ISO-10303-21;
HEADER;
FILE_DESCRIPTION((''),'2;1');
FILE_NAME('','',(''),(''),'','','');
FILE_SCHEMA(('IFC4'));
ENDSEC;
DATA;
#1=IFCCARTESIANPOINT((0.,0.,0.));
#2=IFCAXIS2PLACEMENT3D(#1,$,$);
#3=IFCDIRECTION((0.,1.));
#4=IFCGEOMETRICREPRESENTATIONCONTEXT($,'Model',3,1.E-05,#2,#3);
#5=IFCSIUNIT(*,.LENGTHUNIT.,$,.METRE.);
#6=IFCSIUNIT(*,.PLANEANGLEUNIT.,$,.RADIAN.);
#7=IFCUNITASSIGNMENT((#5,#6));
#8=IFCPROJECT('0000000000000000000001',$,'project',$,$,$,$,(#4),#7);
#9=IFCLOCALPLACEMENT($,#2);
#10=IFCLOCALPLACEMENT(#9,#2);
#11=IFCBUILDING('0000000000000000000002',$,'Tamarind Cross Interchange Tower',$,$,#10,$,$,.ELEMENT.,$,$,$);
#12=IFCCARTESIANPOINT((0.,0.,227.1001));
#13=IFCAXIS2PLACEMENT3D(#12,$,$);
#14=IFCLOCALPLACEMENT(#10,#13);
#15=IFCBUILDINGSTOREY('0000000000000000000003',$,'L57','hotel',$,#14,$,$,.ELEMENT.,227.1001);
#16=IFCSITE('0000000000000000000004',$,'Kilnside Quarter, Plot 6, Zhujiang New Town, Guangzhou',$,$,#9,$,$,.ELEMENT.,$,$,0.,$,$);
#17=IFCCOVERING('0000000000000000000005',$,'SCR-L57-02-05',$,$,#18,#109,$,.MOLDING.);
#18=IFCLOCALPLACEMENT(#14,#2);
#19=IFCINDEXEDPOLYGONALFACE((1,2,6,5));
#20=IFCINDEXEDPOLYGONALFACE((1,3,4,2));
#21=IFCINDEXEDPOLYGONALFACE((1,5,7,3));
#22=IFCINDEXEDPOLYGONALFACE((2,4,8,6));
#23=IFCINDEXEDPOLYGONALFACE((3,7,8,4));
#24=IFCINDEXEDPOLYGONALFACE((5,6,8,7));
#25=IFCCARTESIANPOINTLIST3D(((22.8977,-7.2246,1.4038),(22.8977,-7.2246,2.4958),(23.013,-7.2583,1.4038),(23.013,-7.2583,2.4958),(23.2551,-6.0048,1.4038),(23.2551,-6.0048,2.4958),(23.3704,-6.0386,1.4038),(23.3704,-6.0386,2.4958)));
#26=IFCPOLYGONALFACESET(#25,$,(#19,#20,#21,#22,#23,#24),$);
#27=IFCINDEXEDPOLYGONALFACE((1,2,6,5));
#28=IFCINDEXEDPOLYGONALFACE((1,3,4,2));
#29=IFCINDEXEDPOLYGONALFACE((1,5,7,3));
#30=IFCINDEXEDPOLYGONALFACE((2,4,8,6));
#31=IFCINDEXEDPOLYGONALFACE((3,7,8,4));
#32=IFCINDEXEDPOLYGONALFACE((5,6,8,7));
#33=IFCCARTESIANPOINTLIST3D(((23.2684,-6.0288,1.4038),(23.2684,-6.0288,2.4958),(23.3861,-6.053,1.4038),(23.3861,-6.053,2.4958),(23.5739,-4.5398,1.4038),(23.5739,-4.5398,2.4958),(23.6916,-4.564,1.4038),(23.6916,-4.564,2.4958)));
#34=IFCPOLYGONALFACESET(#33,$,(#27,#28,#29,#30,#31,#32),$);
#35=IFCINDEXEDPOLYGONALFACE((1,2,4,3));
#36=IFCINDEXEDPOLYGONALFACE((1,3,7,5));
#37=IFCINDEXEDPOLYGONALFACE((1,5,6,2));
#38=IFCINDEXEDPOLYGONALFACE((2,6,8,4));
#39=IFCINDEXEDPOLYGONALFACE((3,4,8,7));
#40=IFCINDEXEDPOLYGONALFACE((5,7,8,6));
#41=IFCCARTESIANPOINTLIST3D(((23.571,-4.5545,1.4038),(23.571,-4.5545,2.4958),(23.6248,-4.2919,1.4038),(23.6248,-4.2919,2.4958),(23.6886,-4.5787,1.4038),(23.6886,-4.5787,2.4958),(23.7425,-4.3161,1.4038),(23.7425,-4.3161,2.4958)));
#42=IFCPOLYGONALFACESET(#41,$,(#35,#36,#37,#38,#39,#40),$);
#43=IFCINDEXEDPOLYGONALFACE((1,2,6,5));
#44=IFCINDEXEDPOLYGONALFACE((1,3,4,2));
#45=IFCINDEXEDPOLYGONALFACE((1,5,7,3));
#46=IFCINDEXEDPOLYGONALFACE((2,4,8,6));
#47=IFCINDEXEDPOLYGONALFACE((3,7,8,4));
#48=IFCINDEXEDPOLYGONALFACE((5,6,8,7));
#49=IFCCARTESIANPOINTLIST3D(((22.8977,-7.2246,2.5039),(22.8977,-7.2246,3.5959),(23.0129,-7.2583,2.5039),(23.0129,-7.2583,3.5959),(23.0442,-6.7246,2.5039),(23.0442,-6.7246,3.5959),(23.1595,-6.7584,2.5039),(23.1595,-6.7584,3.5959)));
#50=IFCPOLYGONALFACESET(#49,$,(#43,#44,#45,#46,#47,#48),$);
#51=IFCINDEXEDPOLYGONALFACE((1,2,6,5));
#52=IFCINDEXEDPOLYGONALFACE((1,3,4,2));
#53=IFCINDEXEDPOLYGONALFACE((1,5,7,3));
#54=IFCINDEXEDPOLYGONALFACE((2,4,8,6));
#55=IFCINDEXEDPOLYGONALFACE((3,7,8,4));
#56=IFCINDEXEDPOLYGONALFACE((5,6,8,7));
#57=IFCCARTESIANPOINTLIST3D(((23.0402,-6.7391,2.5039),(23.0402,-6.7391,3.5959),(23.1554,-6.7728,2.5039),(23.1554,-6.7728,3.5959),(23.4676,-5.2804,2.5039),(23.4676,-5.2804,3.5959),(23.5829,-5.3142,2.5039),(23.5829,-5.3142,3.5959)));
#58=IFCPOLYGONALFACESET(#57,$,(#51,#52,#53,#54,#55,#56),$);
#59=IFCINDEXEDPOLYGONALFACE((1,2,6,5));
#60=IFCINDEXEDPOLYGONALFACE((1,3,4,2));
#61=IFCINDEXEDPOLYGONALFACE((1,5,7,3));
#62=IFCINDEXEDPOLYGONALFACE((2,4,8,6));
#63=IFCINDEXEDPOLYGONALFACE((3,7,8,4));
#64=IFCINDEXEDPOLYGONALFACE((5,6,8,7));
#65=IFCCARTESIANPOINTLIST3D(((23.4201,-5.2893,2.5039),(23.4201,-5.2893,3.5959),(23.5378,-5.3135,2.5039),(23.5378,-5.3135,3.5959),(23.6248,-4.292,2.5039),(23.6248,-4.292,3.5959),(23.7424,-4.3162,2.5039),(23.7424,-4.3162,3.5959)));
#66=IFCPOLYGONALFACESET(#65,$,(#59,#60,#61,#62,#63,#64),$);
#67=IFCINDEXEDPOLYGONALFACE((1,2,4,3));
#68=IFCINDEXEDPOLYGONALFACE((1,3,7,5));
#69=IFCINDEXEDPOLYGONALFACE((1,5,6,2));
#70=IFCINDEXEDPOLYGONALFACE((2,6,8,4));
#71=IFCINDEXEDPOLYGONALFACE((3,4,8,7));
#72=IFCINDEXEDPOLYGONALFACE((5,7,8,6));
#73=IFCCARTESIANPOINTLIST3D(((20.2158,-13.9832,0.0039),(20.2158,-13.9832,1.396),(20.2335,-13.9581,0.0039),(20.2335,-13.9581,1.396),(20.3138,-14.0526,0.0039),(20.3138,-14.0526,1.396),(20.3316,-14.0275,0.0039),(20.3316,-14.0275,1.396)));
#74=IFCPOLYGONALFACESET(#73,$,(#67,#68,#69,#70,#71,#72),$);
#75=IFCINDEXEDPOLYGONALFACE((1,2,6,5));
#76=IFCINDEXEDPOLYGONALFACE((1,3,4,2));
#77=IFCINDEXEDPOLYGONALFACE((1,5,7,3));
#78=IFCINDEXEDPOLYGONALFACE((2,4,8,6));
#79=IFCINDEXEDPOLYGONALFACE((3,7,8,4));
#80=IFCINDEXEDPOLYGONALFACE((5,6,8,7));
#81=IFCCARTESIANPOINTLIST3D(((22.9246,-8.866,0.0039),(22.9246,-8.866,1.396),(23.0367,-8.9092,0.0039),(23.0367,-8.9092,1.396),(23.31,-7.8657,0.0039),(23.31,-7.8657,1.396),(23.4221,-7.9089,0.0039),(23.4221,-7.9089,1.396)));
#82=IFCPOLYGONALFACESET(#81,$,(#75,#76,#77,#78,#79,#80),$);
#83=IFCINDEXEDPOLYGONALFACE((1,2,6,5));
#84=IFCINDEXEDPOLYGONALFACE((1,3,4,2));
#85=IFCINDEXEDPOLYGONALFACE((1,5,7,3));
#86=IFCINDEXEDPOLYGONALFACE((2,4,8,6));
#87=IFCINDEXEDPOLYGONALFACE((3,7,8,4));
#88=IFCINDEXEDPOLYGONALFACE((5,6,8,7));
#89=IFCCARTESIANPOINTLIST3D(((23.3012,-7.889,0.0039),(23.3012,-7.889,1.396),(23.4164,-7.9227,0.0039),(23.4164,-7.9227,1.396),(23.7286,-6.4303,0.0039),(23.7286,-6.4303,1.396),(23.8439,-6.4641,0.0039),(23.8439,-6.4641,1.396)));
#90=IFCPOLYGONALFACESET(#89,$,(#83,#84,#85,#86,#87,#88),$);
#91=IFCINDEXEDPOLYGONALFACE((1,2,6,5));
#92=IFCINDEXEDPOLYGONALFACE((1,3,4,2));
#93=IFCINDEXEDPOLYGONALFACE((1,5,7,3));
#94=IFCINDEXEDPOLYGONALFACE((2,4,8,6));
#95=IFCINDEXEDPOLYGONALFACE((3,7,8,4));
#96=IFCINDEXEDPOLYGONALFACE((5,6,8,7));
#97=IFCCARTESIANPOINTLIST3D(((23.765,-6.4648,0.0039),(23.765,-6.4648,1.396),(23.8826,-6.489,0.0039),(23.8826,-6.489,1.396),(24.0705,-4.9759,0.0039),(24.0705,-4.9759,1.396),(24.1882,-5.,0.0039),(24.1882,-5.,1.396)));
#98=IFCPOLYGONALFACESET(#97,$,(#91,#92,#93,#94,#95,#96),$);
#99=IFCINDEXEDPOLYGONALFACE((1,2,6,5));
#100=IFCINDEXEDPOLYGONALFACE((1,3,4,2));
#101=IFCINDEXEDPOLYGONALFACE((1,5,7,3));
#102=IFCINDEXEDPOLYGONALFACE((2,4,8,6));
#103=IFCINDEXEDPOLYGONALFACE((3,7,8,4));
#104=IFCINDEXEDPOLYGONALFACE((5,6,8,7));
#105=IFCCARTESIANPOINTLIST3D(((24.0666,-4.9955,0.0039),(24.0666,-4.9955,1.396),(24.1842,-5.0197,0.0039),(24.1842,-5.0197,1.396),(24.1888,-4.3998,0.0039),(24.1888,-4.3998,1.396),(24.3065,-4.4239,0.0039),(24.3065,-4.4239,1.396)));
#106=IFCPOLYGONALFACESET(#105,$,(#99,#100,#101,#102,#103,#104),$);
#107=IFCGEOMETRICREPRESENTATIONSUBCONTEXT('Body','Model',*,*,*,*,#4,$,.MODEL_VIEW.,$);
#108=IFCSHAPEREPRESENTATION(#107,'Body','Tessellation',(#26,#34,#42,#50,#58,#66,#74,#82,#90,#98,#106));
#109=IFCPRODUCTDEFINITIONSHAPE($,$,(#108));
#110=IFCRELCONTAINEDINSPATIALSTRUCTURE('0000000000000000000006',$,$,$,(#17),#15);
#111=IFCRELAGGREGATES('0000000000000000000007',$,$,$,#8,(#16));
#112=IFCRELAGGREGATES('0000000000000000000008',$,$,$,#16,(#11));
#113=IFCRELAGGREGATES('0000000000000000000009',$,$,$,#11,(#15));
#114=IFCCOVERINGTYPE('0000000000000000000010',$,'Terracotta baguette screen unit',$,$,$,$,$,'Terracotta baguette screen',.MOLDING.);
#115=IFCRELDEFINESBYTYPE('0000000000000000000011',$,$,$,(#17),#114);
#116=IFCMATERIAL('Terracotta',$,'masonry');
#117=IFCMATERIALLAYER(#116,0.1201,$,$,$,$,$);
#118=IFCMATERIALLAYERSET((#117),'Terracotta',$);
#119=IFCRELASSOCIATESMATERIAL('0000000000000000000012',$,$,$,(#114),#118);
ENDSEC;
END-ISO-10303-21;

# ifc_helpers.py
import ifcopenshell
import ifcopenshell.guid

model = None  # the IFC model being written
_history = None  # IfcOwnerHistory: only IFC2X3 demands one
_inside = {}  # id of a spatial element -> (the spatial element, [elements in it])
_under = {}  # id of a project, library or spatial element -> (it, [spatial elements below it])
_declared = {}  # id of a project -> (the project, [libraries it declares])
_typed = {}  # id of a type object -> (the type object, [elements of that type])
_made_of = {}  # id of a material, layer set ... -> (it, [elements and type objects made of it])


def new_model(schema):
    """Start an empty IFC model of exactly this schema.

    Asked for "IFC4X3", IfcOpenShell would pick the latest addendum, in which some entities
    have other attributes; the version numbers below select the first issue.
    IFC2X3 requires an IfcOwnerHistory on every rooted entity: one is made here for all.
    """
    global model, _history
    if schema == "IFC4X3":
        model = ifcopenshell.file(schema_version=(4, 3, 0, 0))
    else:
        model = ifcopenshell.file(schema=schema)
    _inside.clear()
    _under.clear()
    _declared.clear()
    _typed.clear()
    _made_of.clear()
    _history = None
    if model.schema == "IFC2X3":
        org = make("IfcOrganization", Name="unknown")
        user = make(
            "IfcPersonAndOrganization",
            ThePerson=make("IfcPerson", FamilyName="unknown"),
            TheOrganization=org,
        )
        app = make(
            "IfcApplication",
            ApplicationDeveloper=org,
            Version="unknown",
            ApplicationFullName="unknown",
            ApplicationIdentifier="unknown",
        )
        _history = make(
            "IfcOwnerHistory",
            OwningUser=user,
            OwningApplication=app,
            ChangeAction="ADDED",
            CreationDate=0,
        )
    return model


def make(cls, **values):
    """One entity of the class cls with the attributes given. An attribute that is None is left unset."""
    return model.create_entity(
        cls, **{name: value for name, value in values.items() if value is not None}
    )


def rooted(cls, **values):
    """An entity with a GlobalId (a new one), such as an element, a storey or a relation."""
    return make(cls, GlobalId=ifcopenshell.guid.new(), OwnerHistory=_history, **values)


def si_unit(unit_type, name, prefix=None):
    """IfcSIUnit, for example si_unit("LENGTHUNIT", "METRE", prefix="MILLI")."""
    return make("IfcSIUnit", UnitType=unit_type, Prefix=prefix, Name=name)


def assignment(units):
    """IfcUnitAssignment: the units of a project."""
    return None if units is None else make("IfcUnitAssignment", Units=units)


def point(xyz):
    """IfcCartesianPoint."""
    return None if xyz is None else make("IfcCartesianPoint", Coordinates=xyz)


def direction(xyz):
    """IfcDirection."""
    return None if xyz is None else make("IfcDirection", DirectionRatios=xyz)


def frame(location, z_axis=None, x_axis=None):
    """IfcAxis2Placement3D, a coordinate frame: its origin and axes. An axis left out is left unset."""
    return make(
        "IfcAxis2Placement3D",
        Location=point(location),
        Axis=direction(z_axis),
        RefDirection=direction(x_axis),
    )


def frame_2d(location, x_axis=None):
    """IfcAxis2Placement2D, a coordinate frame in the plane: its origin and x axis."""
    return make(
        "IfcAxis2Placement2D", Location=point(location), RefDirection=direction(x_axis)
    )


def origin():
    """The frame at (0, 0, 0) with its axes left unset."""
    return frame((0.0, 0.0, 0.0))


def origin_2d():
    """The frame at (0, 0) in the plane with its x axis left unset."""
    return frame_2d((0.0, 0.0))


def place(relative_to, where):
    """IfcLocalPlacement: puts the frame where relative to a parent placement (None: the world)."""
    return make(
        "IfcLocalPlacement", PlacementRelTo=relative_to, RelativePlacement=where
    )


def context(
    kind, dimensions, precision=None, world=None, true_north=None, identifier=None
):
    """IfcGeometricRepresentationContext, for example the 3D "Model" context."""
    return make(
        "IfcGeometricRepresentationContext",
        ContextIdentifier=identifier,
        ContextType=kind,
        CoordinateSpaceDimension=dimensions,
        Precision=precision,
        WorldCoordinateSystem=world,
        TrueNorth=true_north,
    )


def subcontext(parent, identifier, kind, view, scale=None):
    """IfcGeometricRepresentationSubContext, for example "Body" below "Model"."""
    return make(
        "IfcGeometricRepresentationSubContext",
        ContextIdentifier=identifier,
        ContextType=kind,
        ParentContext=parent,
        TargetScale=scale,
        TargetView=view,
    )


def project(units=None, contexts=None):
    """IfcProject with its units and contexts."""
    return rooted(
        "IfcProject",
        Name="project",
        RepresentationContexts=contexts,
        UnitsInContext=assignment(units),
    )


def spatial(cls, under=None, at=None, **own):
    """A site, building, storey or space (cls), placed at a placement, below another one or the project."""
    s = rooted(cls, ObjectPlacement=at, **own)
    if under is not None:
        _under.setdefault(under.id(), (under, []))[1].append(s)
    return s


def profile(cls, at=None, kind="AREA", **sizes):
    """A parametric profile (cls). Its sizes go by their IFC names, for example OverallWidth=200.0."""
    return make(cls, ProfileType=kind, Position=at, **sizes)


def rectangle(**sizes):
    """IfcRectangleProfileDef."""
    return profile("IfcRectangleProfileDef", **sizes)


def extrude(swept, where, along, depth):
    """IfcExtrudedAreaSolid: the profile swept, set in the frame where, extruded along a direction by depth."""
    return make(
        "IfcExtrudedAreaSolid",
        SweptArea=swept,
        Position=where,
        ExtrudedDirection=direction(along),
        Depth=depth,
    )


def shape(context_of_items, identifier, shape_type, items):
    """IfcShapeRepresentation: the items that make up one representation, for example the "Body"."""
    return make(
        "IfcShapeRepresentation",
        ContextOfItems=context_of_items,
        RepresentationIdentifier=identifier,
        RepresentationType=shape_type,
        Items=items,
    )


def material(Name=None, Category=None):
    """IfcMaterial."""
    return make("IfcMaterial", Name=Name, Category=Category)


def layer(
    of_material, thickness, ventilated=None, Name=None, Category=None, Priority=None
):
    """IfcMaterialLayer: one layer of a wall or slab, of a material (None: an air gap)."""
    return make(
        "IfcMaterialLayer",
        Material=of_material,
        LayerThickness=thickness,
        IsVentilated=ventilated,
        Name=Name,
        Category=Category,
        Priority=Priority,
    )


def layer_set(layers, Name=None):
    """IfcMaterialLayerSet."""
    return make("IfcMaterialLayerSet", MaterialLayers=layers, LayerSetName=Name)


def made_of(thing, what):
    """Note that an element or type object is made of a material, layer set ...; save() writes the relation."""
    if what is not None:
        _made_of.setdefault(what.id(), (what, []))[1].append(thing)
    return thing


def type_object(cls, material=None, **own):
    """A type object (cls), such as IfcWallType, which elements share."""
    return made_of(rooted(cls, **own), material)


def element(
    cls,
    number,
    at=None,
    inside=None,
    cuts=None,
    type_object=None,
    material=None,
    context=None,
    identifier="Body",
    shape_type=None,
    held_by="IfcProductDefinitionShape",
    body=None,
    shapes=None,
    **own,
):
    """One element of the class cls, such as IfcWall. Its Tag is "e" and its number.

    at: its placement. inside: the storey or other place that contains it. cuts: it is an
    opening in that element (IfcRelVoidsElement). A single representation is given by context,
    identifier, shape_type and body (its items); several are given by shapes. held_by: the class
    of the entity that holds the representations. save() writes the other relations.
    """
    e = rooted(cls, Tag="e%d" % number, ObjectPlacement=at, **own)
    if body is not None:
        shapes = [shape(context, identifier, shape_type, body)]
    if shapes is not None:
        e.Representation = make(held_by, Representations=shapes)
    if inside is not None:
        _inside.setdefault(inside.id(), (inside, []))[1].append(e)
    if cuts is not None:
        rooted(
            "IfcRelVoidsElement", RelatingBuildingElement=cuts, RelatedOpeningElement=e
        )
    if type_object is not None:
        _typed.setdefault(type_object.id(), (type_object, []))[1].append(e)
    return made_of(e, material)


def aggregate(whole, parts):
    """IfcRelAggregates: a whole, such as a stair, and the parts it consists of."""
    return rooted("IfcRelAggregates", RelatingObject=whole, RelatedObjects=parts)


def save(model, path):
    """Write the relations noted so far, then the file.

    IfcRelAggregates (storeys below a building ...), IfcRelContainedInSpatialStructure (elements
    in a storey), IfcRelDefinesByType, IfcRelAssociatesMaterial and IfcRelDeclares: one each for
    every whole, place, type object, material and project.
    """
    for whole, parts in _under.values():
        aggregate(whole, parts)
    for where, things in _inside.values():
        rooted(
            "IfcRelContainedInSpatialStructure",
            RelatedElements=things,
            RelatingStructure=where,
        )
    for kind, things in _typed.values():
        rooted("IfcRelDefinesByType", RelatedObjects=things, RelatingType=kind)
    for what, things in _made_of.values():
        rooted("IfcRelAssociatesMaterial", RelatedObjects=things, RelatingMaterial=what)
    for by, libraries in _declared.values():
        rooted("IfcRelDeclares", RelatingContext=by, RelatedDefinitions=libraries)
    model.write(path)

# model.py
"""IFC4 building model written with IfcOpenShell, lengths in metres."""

from ifc_helpers import new_model, si_unit, direction, frame, origin, origin_2d, place, context, subcontext, project, spatial, rectangle, extrude, material, layer, layer_set, type_object, element, save


model = new_model("IFC4")

# Units and contexts
model_context = context("Model", 3, precision=1e-05, world=origin(), true_north=direction((0.0, 1.0)))
body_context = subcontext(model_context, "Body", "Model", "MODEL_VIEW")
ifc_project = project(units=[si_unit("LENGTHUNIT", "METRE"), si_unit("PLANEANGLEUNIT", "RADIAN")], contexts=[model_context])

# Site, building, storey
site_placement = place(None, origin())
site = spatial("IfcSite", under=ifc_project, at=site_placement, Name="Kilnside Quarter, Plot 6, Zhujiang New Town, Guangzhou", CompositionType="ELEMENT", RefElevation=0.0)
building_placement = place(site_placement, origin())
building = spatial("IfcBuilding", under=site, at=building_placement, Name="Tamarind Cross Interchange Tower", CompositionType="ELEMENT")
storey_placement = place(building_placement, frame((0.0, 0.0, 227.1001)))
storey = spatial("IfcBuildingStorey", under=building, at=storey_placement, Name="L57", Description="hotel", CompositionType="ELEMENT", Elevation=227.1001)

# Covering
ifc_material_1 = material(Name="Terracotta", Category="masonry")
ifc_layer_1 = layer(ifc_material_1, 0.1201)
ifc_layer_set_1 = layer_set([ifc_layer_1], Name="Terracotta")
covering_type = type_object("IfcCoveringType", Name="Terracotta baguette screen unit", ElementType="Terracotta baguette screen", PredefinedType="MOLDING", material=ifc_layer_set_1)
covering_1_placement = place(storey_placement, origin())
element("IfcCovering", 1, at=covering_1_placement, inside=storey, type_object=covering_type, Name="SCR-L57-02-05", PredefinedType="MOLDING", context=body_context, shape_type="SweptSolid", body=[
    extrude(rectangle(XDim=1.271, YDim=0.1201, at=origin_2d()), frame((23.134, -6.6316, 1.4038), z_axis=(0.0, 0.0, 1.0), x_axis=(0.281209, 0.959647, 0.0)), (0.0, 0.0, 1.0), 1.092),
    extrude(rectangle(XDim=1.52, YDim=0.1201, at=origin_2d()), frame((23.48, -5.2964, 1.4038), z_axis=(0.0, 0.0, 1.0), x_axis=(0.201001, 0.979591, 0.0)), (0.0, 0.0, 1.0), 1.092),
    extrude(rectangle(XDim=0.2681, YDim=0.1201, at=origin_2d()), frame((23.6567, -4.4353, 1.4038), z_axis=(0.0, 0.0, 1.0), x_axis=(0.201001, 0.979591, 0.0)), (0.0, 0.0, 1.0), 1.092),
    extrude(rectangle(XDim=0.521, YDim=0.1201, at=origin_2d()), frame((23.0286, -6.9915, 2.5039), z_axis=(0.0, 0.0, 1.0), x_axis=(0.281209, 0.959647, 0.0)), (0.0, 0.0, 1.0), 1.092),
    extrude(rectangle(XDim=1.52, YDim=0.1201, at=origin_2d()), frame((23.3115, -6.0266, 2.5039), z_axis=(0.0, 0.0, 1.0), x_axis=(0.281209, 0.959647, 0.0)), (0.0, 0.0, 1.0), 1.092),
    extrude(rectangle(XDim=1.0181, YDim=0.1201, at=origin_2d()), frame((23.5813, -4.8027, 2.5039), z_axis=(0.0, 0.0, 1.0), x_axis=(0.201001, 0.979591, 0.0)), (0.0, 0.0, 1.0), 1.092),
    extrude(rectangle(XDim=0.0308, YDim=0.1201, at=origin_2d()), frame((20.2737, -14.0054, 0.0039), z_axis=(0.0, 0.0, 1.0), x_axis=(0.577569, 0.816342, 0.0)), (0.0, 0.0, 1.0), 1.3921),
    extrude(rectangle(XDim=1.072, YDim=0.1201, at=origin_2d()), frame((23.1733, -8.3875, 0.0039), z_axis=(0.0, 0.0, 1.0), x_axis=(0.359495, 0.933147, 0.0)), (0.0, 0.0, 1.0), 1.3921),
    extrude(rectangle(XDim=1.52, YDim=0.1201, at=origin_2d()), frame((23.5725, -7.1765, 0.0039), z_axis=(0.0, 0.0, 1.0), x_axis=(0.281209, 0.959647, 0.0)), (0.0, 0.0, 1.0), 1.3921),
    extrude(rectangle(XDim=1.52, YDim=0.1201, at=origin_2d()), frame((23.9766, -5.7324, 0.0039), z_axis=(0.0, 0.0, 1.0), x_axis=(0.201001, 0.979591, 0.0)), (0.0, 0.0, 1.0), 1.3921),
    extrude(rectangle(XDim=0.6082, YDim=0.1201, at=origin_2d()), frame((24.1865, -4.7097, 0.0039), z_axis=(0.0, 0.0, 1.0), x_axis=(0.201001, 0.979591, 0.0)), (0.0, 0.0, 1.0), 1.3921),
])

save(model, "model.ifc")
